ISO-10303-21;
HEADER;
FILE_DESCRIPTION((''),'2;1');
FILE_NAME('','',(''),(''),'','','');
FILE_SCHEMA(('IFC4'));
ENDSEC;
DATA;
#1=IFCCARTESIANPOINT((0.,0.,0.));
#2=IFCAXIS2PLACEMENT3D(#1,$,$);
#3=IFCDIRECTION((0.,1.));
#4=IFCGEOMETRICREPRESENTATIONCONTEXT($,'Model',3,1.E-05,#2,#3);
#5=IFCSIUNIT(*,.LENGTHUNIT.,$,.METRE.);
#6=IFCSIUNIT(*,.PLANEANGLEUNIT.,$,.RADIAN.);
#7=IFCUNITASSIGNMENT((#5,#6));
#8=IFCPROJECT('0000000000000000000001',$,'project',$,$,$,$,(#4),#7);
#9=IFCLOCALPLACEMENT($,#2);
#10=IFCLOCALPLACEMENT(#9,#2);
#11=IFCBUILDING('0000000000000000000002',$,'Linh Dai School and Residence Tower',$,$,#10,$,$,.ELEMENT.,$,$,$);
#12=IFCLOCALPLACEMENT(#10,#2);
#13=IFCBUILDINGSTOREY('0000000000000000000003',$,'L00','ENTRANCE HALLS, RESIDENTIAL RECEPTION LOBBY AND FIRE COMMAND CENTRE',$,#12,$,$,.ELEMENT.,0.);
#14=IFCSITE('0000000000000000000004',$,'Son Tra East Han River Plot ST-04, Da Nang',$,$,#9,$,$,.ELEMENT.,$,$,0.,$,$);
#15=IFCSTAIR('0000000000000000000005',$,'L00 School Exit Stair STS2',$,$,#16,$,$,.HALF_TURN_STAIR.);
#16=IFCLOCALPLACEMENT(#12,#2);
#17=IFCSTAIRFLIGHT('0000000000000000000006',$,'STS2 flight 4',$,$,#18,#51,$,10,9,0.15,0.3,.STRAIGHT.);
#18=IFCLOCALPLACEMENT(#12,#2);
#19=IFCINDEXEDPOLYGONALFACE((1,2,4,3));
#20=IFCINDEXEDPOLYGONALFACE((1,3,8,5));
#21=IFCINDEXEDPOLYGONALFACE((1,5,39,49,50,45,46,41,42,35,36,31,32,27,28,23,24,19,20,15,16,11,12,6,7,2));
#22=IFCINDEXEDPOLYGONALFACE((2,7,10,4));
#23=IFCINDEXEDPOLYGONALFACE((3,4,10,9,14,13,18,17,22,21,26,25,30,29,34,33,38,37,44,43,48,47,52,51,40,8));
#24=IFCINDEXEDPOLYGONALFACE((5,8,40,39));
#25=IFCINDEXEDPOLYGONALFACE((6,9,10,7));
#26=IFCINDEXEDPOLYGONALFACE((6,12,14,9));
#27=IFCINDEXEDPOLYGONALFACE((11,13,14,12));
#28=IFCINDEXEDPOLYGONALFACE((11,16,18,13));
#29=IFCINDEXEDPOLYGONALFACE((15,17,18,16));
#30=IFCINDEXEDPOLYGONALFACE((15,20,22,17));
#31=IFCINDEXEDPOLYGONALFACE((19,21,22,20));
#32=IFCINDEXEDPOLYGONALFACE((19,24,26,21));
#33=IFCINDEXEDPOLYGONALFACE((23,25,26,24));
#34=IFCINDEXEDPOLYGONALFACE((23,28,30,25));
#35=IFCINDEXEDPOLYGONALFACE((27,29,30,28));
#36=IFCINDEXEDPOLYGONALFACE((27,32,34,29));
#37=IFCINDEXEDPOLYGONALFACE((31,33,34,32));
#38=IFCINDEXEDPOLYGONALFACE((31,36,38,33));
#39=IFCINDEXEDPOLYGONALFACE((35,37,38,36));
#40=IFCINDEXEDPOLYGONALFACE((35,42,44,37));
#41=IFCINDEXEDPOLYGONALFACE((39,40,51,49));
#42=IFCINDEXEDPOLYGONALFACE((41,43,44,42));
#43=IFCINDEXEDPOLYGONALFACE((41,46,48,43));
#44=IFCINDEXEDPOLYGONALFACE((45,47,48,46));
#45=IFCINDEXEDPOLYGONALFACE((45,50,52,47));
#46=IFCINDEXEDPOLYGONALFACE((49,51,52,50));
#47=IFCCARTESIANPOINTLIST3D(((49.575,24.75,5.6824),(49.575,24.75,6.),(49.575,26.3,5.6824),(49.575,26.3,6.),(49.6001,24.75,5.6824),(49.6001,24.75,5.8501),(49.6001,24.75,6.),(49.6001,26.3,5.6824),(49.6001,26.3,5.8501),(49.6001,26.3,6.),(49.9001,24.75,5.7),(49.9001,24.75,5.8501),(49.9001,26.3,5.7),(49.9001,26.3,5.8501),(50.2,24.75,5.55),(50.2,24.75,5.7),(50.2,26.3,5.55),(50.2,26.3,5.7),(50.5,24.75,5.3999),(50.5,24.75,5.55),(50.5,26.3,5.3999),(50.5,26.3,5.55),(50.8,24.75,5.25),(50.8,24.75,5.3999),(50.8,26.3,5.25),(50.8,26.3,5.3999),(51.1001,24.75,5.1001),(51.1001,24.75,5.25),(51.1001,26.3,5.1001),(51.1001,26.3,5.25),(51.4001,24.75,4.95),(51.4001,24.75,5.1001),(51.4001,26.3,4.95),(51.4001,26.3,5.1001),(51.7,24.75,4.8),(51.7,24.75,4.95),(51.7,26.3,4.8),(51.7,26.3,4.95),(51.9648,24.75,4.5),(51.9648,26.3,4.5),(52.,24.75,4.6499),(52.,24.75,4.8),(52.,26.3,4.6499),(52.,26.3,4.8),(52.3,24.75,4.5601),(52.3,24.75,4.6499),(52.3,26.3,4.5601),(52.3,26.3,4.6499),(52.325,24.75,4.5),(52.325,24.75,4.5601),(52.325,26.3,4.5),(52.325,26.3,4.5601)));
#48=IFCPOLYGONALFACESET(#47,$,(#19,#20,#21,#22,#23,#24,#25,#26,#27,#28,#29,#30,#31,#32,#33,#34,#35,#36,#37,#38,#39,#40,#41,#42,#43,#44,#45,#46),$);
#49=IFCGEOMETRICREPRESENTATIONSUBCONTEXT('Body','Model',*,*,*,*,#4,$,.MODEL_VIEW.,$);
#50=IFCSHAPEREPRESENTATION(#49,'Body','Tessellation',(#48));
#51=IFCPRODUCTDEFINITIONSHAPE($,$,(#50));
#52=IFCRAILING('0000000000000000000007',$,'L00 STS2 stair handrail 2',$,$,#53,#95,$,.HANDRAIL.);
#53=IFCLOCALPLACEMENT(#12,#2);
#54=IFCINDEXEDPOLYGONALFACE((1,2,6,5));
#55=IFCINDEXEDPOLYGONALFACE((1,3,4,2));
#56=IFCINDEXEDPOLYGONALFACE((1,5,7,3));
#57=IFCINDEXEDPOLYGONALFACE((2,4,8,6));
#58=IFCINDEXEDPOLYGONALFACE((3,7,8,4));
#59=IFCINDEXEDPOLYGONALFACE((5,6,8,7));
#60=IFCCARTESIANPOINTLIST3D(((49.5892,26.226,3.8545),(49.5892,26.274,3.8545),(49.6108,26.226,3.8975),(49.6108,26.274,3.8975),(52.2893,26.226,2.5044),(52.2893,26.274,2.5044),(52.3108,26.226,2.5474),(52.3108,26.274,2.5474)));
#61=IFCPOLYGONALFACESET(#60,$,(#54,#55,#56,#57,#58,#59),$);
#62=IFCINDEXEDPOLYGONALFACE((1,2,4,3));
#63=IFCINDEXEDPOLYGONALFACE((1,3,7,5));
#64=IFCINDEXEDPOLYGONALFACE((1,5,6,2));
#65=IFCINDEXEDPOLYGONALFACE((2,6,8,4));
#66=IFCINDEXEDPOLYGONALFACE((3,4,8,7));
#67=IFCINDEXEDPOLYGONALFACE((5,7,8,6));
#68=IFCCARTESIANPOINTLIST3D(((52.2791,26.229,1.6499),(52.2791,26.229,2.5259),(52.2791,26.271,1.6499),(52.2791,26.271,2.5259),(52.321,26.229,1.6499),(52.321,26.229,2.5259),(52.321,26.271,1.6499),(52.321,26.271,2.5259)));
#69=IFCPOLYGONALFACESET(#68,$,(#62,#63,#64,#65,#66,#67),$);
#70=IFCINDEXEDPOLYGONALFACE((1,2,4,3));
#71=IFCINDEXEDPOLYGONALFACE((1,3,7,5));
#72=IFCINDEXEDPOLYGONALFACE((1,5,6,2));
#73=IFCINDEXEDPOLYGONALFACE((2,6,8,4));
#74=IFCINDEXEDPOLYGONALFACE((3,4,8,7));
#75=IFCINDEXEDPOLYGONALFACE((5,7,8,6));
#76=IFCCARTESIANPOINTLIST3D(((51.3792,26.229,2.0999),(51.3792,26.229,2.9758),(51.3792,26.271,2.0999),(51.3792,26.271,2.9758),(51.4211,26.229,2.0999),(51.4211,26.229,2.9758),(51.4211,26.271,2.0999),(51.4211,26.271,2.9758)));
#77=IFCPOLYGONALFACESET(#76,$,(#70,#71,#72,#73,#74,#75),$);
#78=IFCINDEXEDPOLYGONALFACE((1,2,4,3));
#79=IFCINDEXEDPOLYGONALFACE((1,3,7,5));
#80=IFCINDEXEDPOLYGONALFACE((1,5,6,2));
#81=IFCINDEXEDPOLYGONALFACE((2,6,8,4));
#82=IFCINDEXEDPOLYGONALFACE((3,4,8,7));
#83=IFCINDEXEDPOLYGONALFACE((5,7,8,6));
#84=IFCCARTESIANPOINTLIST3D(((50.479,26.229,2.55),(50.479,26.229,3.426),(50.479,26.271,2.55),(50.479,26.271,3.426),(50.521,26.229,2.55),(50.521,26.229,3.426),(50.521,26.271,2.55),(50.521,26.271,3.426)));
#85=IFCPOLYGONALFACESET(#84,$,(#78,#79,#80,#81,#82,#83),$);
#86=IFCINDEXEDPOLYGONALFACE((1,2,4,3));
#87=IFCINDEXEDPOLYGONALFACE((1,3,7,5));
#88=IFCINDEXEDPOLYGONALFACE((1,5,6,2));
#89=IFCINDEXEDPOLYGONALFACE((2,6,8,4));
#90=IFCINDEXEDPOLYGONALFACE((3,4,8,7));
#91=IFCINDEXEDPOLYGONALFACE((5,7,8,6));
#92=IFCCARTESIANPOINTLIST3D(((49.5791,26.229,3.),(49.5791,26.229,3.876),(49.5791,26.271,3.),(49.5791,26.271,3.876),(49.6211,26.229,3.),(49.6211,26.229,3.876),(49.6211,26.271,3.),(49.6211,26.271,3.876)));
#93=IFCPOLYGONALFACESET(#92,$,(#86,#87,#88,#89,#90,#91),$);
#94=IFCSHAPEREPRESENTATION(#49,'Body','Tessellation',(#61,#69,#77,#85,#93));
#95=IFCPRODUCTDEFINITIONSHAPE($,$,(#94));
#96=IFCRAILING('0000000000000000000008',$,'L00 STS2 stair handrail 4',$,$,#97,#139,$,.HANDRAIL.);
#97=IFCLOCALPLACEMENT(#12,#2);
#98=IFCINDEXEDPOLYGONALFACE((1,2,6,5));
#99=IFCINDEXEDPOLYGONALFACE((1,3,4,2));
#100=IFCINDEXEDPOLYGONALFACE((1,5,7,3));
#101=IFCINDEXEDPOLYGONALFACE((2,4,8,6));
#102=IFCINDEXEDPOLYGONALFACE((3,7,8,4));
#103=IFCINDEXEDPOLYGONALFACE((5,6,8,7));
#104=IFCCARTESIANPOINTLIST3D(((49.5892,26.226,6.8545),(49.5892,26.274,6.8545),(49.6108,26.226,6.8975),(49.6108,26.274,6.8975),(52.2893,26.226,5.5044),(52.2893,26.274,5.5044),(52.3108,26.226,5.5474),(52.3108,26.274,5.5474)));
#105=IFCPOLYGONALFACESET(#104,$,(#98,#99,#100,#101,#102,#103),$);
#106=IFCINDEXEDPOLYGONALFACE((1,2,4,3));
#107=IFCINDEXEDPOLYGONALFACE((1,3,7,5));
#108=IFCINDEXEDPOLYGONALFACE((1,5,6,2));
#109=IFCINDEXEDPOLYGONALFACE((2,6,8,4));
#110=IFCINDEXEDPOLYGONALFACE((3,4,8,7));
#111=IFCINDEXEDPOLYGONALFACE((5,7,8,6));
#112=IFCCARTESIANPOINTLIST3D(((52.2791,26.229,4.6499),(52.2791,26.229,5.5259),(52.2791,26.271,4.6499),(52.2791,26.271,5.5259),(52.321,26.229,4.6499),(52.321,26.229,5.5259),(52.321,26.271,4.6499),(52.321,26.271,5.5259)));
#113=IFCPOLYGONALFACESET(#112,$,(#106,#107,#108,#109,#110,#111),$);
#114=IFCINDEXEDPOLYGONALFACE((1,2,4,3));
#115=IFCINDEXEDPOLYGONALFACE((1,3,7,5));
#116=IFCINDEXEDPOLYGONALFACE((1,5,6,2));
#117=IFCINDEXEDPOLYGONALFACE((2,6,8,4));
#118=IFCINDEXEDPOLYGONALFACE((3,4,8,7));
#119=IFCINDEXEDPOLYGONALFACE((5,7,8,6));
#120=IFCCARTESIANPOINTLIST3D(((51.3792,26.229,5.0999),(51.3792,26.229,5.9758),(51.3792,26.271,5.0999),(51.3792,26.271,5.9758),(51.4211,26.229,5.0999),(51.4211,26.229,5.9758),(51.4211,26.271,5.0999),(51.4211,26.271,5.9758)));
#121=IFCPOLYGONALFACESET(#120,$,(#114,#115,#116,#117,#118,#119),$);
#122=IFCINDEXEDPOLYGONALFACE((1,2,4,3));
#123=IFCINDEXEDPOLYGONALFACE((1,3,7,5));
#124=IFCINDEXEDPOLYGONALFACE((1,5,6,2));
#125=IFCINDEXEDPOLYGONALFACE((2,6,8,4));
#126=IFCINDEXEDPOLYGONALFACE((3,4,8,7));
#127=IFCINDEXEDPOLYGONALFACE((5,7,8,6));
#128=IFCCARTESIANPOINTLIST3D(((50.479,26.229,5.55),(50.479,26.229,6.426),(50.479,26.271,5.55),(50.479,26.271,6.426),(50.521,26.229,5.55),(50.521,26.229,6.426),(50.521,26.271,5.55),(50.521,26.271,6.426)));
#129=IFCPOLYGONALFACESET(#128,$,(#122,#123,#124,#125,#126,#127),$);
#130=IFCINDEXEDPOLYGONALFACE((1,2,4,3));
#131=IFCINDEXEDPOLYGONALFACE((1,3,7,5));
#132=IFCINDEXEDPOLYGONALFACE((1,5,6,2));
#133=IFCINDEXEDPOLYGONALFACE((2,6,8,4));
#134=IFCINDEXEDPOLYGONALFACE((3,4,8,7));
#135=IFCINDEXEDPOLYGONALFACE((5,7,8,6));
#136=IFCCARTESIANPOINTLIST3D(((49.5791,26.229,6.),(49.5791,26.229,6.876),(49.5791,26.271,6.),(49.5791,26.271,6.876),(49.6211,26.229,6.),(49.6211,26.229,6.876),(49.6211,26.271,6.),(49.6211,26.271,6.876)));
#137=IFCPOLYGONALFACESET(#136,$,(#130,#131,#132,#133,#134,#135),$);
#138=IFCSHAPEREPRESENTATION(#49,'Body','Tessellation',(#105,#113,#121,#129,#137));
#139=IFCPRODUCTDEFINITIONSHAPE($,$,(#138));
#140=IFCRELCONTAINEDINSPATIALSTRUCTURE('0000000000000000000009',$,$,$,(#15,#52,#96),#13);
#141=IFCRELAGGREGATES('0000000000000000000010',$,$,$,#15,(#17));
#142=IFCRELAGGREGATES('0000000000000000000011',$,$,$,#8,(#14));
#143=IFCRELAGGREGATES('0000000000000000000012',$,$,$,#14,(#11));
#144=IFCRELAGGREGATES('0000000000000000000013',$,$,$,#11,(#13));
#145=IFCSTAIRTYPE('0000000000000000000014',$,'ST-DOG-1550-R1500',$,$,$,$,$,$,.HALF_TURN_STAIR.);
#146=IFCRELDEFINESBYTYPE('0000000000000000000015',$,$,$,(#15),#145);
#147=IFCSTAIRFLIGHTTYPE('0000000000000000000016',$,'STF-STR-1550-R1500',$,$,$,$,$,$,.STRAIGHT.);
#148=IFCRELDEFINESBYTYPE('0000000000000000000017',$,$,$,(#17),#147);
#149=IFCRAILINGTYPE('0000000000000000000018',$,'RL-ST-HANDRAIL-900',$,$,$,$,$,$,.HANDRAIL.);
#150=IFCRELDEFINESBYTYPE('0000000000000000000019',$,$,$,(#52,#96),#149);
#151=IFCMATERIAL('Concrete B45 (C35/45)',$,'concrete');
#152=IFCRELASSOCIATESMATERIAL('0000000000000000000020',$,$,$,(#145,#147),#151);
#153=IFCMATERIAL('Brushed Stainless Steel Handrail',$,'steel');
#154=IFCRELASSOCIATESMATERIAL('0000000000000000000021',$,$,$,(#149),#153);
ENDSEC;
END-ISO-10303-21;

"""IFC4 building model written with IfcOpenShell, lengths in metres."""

from ifc_helpers import new_model, si_unit, direction, frame, origin, origin_2d, place, context, subcontext, project, spatial, polyline, rectangle, outline, extrude, source, transform, mapped, material, type_object, element, aggregate, save


model = new_model("IFC4")

# Units and contexts
model_context = context("Model", 3, precision=1e-05, world=origin(), true_north=direction((0.0, 1.0)))
body_context = subcontext(model_context, "Body", "Model", "MODEL_VIEW")
ifc_project = project(units=[si_unit("LENGTHUNIT", "METRE"), si_unit("PLANEANGLEUNIT", "RADIAN")], contexts=[model_context])

# Site, building, storey
site_placement = place(None, origin())
site = spatial("IfcSite", under=ifc_project, at=site_placement, Name="Son Tra East Han River Plot ST-04, Da Nang", CompositionType="ELEMENT", RefElevation=0.0)
building_placement = place(site_placement, origin())
building = spatial("IfcBuilding", under=site, at=building_placement, Name="Linh Dai School and Residence Tower", CompositionType="ELEMENT")
storey_placement = place(building_placement, origin())
storey = spatial("IfcBuildingStorey", under=building, at=storey_placement, Name="L00", Description="ENTRANCE HALLS, RESIDENTIAL RECEPTION LOBBY AND FIRE COMMAND CENTRE", CompositionType="ELEMENT", Elevation=0.0)

# Shared definitions
ifc_material_1 = material(Name="Concrete B45 (C35/45)", Category="concrete")

# Stair, stair flight
stair_type = type_object("IfcStairType", Name="ST-DOG-1550-R1500", PredefinedType="HALF_TURN_STAIR", material=ifc_material_1)
stair_placement = place(storey_placement, origin())
stair = element("IfcStair", 1, at=stair_placement, inside=storey, type_object=stair_type, Name="L00 School Exit Stair STS2", PredefinedType="HALF_TURN_STAIR")
stair_flight_type = type_object("IfcStairFlightType", Name="STF-STR-1550-R1500", PredefinedType="STRAIGHT", material=ifc_material_1)
shared_shape_1 = source(origin(), body_context, "Body", "SweptSolid", [
    extrude(outline(polyline([(-0.0249, 0.0), (-0.0249, 0.0601), (0.0, 0.0601), (0.0, 0.1499), (0.3, 0.1499), (0.3, 0.3), (0.6001, 0.3), (0.6001, 0.45), (0.8999, 0.45), (0.8999, 0.6001), (1.2, 0.6001), (1.2, 0.75), (1.5, 0.75), (1.5, 0.8999), (1.8, 0.8999), (1.8, 1.05), (2.1001, 1.05), (2.1001, 1.2), (2.3999, 1.2), (2.3999, 1.3501), (2.7, 1.3501), (2.7, 1.5), (2.7251, 1.5), (2.7251, 1.1824), (2.7, 1.1824), (0.3352, 0.0), (-0.0249, 0.0)])), frame((0.0, 0.7749, 0.0), z_axis=(0.0, -1.0, 0.0), x_axis=(1.0, 0.0, 0.0)), (0.0, 0.0, 1.0), 1.55),
])
stair_flight_1_placement = place(storey_placement, frame((52.3, 25.5249, 4.5), z_axis=(0.0, 0.0, 1.0), x_axis=(-1.0, 0.0, 0.0)))
stair_flight_1 = element("IfcStairFlight", 2, at=stair_flight_1_placement, type_object=stair_flight_type, Name="STS2 flight 4", NumberOfRisers=10, NumberOfTreads=9, PredefinedType="STRAIGHT", RiserHeight=0.15, TreadLength=0.3, context=body_context, shape_type="MappedRepresentation", body=[
    mapped(shared_shape_1, transform((0.0, 0.0, 0.0), x_axis=(1.0, 0.0, 0.0), y_axis=(0.0, 1.0, 0.0), z_axis=(0.0, 0.0, 1.0), scale=1.0)),
])
aggregate(stair, [stair_flight_1])

# Railings
ifc_material_2 = material(Name="Brushed Stainless Steel Handrail", Category="steel")
railing_type_1 = type_object("IfcRailingType", Name="RL-ST-HANDRAIL-900", PredefinedType="HANDRAIL", material=ifc_material_2)
shared_shape_2 = source(origin(), body_context, "Body", "SweptSolid", [
    extrude(rectangle(XDim=0.0481, YDim=0.0481, at=origin_2d()), frame((0.0, 0.0, 0.876), z_axis=(-0.894411, 0.0, 0.447246), x_axis=(0.0, -1.0, 0.0)), (0.0, 0.0, 1.0), 3.0188),
    extrude(rectangle(XDim=0.042, YDim=0.042, at=origin_2d()), origin(), (0.0, 0.0, 1.0), 0.876),
    extrude(rectangle(XDim=0.042, YDim=0.042, at=origin_2d()), frame((-0.8999, 0.0, 0.45)), (0.0, 0.0, 1.0), 0.876),
    extrude(rectangle(XDim=0.042, YDim=0.042, at=origin_2d()), frame((-1.8, 0.0, 0.9001)), (0.0, 0.0, 1.0), 0.876),
    extrude(rectangle(XDim=0.042, YDim=0.042, at=origin_2d()), frame((-2.7, 0.0, 1.3501)), (0.0, 0.0, 1.0), 0.876),
])
for number, where, name in (
    (3, (52.3, 26.25, 1.6499), "L00 STS2 stair handrail 2"),
    (4, (52.3, 26.25, 4.6499), "L00 STS2 stair handrail 4"),
):
    element("IfcRailing", number, at=place(storey_placement, frame(where)), inside=storey, type_object=railing_type_1, Name=name, PredefinedType="HANDRAIL", context=body_context, shape_type="MappedRepresentation", body=[
        mapped(shared_shape_2, transform((0.0, 0.0, 0.0), x_axis=(1.0, 0.0, 0.0), y_axis=(0.0, 1.0, 0.0), z_axis=(0.0, 0.0, 1.0), scale=1.0)),
    ])

save(model, "model.ifc")
